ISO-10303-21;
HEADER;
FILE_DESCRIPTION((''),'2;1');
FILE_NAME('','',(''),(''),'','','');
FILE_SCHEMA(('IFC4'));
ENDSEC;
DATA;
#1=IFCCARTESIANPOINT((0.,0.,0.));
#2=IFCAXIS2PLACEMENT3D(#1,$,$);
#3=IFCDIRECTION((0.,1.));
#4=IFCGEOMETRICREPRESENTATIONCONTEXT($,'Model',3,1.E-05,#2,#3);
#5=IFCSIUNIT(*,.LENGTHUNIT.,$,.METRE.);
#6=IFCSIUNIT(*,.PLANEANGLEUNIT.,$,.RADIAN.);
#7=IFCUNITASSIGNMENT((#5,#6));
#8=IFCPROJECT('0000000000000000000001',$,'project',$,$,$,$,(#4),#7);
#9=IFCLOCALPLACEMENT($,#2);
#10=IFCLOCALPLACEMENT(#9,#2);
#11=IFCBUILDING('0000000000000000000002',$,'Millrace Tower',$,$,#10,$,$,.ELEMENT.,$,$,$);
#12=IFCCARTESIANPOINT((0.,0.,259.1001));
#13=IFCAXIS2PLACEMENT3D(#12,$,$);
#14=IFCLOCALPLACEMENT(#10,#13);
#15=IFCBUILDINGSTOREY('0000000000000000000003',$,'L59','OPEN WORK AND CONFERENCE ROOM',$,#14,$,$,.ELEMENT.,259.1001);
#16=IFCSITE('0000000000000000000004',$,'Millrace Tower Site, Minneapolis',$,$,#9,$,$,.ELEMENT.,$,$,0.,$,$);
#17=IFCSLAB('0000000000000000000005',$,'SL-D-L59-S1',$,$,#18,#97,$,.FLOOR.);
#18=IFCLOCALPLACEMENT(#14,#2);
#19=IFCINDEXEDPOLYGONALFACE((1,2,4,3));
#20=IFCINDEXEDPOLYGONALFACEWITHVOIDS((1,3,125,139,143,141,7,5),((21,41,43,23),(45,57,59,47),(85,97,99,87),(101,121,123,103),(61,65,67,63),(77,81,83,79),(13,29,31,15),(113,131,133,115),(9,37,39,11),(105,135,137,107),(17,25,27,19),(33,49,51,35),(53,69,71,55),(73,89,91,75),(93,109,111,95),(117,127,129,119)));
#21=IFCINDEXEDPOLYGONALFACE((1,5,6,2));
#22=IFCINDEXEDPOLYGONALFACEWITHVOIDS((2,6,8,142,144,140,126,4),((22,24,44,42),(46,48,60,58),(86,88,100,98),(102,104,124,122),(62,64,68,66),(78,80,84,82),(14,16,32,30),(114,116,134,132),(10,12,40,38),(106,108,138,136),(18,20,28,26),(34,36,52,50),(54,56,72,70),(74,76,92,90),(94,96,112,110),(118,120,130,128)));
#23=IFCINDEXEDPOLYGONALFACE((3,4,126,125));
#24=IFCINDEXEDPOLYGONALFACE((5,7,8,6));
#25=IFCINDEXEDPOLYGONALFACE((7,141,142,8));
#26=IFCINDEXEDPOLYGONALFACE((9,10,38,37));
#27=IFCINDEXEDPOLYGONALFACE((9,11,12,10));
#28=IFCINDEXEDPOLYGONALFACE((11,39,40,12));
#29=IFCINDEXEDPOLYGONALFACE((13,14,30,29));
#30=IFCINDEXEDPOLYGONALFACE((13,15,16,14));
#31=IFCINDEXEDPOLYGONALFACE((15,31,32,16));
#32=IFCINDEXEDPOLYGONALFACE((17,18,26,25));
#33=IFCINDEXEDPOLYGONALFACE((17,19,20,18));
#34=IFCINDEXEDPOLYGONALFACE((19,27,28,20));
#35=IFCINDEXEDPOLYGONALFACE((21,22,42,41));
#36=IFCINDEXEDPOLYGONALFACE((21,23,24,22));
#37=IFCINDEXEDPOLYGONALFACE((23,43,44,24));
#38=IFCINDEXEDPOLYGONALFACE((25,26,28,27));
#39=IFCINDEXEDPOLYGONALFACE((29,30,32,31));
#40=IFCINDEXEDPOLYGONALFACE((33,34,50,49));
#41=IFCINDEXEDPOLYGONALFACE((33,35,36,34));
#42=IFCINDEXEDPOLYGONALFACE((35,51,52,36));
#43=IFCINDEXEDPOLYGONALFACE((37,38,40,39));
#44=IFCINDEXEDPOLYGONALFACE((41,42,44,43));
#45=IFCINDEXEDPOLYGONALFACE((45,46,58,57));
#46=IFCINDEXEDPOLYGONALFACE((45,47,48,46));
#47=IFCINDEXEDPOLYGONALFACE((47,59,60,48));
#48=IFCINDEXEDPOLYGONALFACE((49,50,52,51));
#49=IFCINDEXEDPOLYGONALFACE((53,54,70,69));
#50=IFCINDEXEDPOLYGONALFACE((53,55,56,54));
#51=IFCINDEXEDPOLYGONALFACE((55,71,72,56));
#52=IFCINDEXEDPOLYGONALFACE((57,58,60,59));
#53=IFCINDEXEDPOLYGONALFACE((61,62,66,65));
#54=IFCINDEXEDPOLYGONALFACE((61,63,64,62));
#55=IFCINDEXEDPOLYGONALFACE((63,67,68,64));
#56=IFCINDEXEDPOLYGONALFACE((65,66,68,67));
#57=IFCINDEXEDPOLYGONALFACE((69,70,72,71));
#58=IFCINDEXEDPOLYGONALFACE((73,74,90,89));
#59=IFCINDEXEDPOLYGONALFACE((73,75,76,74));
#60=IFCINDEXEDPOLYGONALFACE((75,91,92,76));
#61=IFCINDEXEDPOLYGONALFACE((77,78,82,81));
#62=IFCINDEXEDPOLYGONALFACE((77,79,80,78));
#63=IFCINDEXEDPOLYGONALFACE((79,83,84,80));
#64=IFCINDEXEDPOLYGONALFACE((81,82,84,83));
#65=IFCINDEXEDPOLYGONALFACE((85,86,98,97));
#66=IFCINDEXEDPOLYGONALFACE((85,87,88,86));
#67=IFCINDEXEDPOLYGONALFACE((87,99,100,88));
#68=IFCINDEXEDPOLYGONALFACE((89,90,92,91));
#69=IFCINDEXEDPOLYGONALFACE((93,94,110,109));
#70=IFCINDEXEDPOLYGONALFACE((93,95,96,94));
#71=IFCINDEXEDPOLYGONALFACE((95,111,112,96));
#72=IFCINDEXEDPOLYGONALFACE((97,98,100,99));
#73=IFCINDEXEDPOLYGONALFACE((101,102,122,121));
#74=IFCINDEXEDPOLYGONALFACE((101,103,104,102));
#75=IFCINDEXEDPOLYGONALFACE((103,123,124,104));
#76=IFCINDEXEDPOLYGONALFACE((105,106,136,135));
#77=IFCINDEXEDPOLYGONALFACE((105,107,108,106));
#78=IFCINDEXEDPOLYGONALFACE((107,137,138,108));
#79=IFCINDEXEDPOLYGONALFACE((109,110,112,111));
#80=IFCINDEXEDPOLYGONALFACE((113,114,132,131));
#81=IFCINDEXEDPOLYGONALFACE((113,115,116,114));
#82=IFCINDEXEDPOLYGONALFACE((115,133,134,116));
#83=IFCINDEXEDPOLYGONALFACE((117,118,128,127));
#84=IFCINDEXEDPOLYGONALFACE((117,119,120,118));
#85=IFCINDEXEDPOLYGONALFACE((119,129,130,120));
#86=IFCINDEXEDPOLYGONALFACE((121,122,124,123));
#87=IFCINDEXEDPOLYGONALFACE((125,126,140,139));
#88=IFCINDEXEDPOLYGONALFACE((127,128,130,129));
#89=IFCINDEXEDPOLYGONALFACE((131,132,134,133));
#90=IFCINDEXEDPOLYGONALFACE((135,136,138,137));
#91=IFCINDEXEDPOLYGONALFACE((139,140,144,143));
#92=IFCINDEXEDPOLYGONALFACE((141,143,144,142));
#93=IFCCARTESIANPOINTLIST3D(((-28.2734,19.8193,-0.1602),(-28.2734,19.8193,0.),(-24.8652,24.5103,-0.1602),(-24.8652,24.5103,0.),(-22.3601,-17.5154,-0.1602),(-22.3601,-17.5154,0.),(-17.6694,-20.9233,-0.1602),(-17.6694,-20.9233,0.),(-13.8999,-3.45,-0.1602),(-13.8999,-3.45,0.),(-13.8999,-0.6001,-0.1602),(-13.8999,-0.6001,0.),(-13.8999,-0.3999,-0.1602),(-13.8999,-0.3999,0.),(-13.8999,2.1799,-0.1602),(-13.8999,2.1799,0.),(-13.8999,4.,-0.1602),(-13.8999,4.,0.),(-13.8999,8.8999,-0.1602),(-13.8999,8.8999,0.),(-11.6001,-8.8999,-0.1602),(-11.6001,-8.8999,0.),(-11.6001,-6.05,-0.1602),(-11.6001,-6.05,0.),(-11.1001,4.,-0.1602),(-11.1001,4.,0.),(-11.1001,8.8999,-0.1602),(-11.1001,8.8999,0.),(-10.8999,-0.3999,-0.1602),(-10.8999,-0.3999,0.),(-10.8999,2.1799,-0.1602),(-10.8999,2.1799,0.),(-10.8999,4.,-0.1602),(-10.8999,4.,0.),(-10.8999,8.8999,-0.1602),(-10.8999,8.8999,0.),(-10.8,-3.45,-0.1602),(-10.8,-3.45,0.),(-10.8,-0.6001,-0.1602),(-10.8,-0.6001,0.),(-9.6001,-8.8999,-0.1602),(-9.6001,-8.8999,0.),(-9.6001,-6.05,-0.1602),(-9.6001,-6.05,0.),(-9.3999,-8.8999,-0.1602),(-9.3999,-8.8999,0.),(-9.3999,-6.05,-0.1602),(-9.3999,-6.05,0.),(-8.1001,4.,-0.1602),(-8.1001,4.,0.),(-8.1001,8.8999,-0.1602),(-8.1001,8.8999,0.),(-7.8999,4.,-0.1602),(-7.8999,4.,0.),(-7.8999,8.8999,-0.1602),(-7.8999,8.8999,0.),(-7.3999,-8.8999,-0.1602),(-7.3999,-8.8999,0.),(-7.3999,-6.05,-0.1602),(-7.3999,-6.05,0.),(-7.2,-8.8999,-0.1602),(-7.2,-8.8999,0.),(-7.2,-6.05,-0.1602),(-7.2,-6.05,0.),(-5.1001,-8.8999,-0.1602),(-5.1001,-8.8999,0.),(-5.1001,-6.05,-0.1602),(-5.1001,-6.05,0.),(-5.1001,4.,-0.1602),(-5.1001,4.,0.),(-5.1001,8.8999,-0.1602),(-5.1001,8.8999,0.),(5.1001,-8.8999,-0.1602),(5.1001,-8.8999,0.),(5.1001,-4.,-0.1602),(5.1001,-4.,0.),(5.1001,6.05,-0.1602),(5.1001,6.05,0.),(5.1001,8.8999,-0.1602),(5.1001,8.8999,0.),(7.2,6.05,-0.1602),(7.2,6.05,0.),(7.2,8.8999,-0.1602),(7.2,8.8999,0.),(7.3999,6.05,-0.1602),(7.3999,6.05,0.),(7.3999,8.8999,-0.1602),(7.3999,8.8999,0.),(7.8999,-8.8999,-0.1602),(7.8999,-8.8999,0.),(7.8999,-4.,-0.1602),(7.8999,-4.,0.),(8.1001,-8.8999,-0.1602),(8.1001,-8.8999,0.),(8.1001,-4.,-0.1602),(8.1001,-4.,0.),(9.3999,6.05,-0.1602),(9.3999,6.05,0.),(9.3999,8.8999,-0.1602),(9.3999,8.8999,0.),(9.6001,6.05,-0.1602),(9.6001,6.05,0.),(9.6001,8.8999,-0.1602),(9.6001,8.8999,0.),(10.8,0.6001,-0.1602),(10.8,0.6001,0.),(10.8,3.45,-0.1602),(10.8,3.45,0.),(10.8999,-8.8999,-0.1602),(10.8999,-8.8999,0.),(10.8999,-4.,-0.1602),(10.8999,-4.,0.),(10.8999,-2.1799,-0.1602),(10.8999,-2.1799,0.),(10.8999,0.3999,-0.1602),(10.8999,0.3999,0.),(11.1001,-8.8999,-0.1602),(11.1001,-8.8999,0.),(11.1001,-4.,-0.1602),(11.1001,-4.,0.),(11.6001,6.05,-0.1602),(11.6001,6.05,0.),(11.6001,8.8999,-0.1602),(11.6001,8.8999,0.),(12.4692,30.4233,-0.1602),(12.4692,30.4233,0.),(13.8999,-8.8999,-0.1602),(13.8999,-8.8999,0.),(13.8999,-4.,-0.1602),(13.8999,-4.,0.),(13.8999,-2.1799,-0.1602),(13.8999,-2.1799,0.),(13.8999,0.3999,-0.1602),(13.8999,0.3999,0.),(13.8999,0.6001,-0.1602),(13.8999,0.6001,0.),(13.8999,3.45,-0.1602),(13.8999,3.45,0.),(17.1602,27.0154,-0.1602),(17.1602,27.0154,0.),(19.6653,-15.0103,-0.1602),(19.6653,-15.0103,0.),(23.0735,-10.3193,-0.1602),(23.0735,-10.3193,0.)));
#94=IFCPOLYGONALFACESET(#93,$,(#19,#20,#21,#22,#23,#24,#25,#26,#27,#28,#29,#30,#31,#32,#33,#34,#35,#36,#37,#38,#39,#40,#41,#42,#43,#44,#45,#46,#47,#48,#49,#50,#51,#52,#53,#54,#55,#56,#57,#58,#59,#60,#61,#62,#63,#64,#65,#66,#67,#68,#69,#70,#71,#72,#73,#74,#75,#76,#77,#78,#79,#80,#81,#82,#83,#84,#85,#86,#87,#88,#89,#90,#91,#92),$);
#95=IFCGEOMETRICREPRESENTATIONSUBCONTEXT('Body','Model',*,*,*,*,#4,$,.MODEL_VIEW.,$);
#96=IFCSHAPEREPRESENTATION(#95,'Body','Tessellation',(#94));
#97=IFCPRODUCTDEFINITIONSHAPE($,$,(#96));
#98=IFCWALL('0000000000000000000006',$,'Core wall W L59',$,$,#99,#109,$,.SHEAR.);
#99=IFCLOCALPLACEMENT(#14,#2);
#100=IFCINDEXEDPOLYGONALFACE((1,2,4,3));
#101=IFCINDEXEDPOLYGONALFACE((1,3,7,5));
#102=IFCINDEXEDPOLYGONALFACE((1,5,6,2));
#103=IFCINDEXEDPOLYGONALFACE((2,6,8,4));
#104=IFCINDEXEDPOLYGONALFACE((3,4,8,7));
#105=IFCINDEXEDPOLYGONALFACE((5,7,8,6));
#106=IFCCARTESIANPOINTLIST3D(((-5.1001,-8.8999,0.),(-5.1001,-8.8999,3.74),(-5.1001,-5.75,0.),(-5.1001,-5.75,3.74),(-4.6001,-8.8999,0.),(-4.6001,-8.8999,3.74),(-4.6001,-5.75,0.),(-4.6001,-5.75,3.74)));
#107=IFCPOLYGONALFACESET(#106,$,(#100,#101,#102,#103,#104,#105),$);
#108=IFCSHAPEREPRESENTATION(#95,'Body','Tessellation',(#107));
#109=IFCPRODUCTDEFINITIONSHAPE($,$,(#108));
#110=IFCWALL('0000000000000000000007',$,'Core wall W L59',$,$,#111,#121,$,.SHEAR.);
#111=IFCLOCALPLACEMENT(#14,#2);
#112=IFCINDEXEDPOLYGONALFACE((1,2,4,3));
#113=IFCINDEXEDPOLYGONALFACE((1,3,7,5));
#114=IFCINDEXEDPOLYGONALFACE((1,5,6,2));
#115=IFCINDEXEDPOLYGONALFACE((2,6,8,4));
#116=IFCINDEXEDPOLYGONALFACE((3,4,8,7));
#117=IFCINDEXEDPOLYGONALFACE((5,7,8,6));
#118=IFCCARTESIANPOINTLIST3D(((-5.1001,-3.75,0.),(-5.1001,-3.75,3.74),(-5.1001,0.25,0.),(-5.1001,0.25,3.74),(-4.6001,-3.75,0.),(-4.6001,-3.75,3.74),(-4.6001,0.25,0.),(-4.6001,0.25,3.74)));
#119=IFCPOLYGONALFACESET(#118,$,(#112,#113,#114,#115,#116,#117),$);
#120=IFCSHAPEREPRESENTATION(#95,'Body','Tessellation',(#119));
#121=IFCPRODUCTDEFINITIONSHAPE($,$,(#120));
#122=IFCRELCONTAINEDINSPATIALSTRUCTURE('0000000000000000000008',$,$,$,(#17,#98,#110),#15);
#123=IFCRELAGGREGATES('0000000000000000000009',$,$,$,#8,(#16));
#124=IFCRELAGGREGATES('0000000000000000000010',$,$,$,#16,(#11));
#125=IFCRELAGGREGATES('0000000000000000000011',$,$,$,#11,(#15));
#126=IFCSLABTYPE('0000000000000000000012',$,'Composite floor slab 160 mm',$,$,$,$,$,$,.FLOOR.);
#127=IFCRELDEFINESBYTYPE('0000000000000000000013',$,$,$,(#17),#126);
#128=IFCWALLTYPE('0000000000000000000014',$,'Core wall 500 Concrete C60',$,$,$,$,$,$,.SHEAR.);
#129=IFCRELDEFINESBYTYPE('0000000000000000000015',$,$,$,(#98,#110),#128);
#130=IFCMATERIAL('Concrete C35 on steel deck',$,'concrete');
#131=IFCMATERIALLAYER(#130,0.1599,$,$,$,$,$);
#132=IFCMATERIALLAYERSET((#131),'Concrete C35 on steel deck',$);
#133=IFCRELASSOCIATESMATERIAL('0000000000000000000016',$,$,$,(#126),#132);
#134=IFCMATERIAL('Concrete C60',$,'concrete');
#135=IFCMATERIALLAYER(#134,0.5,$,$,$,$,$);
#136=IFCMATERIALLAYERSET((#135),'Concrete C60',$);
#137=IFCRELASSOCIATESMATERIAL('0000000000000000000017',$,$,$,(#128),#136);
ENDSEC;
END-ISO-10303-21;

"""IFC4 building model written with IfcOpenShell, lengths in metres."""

from ifc_helpers import new_model, si_unit, direction, frame, frame_2d, origin, place, context, subcontext, project, spatial, polyline, rectangle, outline, extrude, material, layer, layer_set, type_object, element, save


model = new_model("IFC4")

# Units and contexts
model_context = context("Model", 3, precision=1e-05, world=origin(), true_north=direction((0.0, 1.0)))
body_context = subcontext(model_context, "Body", "Model", "MODEL_VIEW")
ifc_project = project(units=[si_unit("LENGTHUNIT", "METRE"), si_unit("PLANEANGLEUNIT", "RADIAN")], contexts=[model_context])

# Site, building, storey
site_placement = place(None, origin())
site = spatial("IfcSite", under=ifc_project, at=site_placement, Name="Millrace Tower Site, Minneapolis", CompositionType="ELEMENT", RefElevation=0.0)
building_placement = place(site_placement, origin())
building = spatial("IfcBuilding", under=site, at=building_placement, Name="Millrace Tower", CompositionType="ELEMENT")
storey_placement = place(building_placement, frame((0.0, 0.0, 259.1001)))
storey = spatial("IfcBuildingStorey", under=building, at=storey_placement, Name="L59", Description="OPEN WORK AND CONFERENCE ROOM", CompositionType="ELEMENT", Elevation=259.1001)

# Slab
ifc_material_1 = material(Name="Concrete C35 on steel deck", Category="concrete")
ifc_layer_1 = layer(ifc_material_1, 0.1599)
ifc_layer_set_1 = layer_set([ifc_layer_1], Name="Concrete C35 on steel deck")
slab_type = type_object("IfcSlabType", Name="Composite floor slab 160 mm", PredefinedType="FLOOR", material=ifc_layer_set_1)
slab_placement = place(storey_placement, frame((0.0, 0.0, -0.1602)))
element("IfcSlab", 1, at=slab_placement, inside=storey, type_object=slab_type, Name="SL-D-L59-S1", PredefinedType="FLOOR", context=body_context, shape_type="SweptSolid", body=[
    extrude(outline(polyline([(-22.3601, -17.5154), (-17.6694, -20.9233), (19.6653, -15.0103), (23.0735, -10.3193), (17.1602, 27.0154), (12.4692, 30.4233), (-24.8652, 24.5103), (-28.2734, 19.8193), (-22.3601, -17.5154)]), holes=[polyline([(-11.6001, -8.8999), (-9.6001, -8.8999), (-9.6001, -6.05), (-11.6001, -6.05), (-11.6001, -8.8999)]), polyline([(-9.3999, -8.8999), (-7.3999, -8.8999), (-7.3999, -6.05), (-9.3999, -6.05), (-9.3999, -8.8999)]), polyline([(-7.2, -8.8999), (-5.1001, -8.8999), (-5.1001, -6.05), (-7.2, -6.05), (-7.2, -8.8999)]), polyline([(-13.8999, -3.45), (-10.8, -3.45), (-10.8, -0.6001), (-13.8999, -0.6001), (-13.8999, -3.45)]), polyline([(-13.8999, -0.3999), (-10.8999, -0.3999), (-10.8999, 2.1799), (-13.8999, 2.1799), (-13.8999, -0.3999)]), polyline([(-13.8999, 4.0), (-11.1001, 4.0), (-11.1001, 8.8999), (-13.8999, 8.8999), (-13.8999, 4.0)]), polyline([(-10.8999, 4.0), (-8.1001, 4.0), (-8.1001, 8.8999), (-10.8999, 8.8999), (-10.8999, 4.0)]), polyline([(-7.8999, 4.0), (-5.1001, 4.0), (-5.1001, 8.8999), (-7.8999, 8.8999), (-7.8999, 4.0)]), polyline([(9.6001, 6.05), (11.6001, 6.05), (11.6001, 8.8999), (9.6001, 8.8999), (9.6001, 6.05)]), polyline([(7.3999, 6.05), (9.3999, 6.05), (9.3999, 8.8999), (7.3999, 8.8999), (7.3999, 6.05)]), polyline([(5.1001, 6.05), (7.2, 6.05), (7.2, 8.8999), (5.1001, 8.8999), (5.1001, 6.05)]), polyline([(10.8, 0.6001), (13.8999, 0.6001), (13.8999, 3.45), (10.8, 3.45), (10.8, 0.6001)]), polyline([(10.8999, -2.1799), (13.8999, -2.1799), (13.8999, 0.3999), (10.8999, 0.3999), (10.8999, -2.1799)]), polyline([(11.1001, -8.8999), (13.8999, -8.8999), (13.8999, -4.0), (11.1001, -4.0), (11.1001, -8.8999)]), polyline([(8.1001, -8.8999), (10.8999, -8.8999), (10.8999, -4.0), (8.1001, -4.0), (8.1001, -8.8999)]), polyline([(5.1001, -8.8999), (7.8999, -8.8999), (7.8999, -4.0), (5.1001, -4.0), (5.1001, -8.8999)])]), origin(), (0.0, 0.0, 1.0), 0.1602),
])

# Walls
ifc_material_2 = material(Name="Concrete C60", Category="concrete")
ifc_layer_2 = layer(ifc_material_2, 0.5)
ifc_layer_set_2 = layer_set([ifc_layer_2], Name="Concrete C60")
wall_type_1 = type_object("IfcWallType", Name="Core wall 500 Concrete C60", PredefinedType="SHEAR", material=ifc_layer_set_2)
wall_1_placement = place(storey_placement, frame((-4.8501, -8.8999, 0.0), z_axis=(0.0, 0.0, 1.0), x_axis=(0.0, 1.0, 0.0)))
element("IfcWall", 2, at=wall_1_placement, inside=storey, type_object=wall_type_1, Name="Core wall W L59", PredefinedType="SHEAR", context=body_context, shape_type="SweptSolid", body=[
    extrude(rectangle(XDim=3.1499, YDim=0.5, at=frame_2d((1.575, 0.0))), origin(), (0.0, 0.0, 1.0), 3.74),
])
wall_2_placement = place(storey_placement, frame((-4.8501, -3.75, 0.0), z_axis=(0.0, 0.0, 1.0), x_axis=(0.0, 1.0, 0.0)))
element("IfcWall", 3, at=wall_2_placement, inside=storey, type_object=wall_type_1, Name="Core wall W L59", PredefinedType="SHEAR", context=body_context, shape_type="SweptSolid", body=[
    extrude(rectangle(XDim=4.0, YDim=0.5, at=frame_2d((2.0, 0.0))), origin(), (0.0, 0.0, 1.0), 3.74),
])

save(model, "model.ifc")
